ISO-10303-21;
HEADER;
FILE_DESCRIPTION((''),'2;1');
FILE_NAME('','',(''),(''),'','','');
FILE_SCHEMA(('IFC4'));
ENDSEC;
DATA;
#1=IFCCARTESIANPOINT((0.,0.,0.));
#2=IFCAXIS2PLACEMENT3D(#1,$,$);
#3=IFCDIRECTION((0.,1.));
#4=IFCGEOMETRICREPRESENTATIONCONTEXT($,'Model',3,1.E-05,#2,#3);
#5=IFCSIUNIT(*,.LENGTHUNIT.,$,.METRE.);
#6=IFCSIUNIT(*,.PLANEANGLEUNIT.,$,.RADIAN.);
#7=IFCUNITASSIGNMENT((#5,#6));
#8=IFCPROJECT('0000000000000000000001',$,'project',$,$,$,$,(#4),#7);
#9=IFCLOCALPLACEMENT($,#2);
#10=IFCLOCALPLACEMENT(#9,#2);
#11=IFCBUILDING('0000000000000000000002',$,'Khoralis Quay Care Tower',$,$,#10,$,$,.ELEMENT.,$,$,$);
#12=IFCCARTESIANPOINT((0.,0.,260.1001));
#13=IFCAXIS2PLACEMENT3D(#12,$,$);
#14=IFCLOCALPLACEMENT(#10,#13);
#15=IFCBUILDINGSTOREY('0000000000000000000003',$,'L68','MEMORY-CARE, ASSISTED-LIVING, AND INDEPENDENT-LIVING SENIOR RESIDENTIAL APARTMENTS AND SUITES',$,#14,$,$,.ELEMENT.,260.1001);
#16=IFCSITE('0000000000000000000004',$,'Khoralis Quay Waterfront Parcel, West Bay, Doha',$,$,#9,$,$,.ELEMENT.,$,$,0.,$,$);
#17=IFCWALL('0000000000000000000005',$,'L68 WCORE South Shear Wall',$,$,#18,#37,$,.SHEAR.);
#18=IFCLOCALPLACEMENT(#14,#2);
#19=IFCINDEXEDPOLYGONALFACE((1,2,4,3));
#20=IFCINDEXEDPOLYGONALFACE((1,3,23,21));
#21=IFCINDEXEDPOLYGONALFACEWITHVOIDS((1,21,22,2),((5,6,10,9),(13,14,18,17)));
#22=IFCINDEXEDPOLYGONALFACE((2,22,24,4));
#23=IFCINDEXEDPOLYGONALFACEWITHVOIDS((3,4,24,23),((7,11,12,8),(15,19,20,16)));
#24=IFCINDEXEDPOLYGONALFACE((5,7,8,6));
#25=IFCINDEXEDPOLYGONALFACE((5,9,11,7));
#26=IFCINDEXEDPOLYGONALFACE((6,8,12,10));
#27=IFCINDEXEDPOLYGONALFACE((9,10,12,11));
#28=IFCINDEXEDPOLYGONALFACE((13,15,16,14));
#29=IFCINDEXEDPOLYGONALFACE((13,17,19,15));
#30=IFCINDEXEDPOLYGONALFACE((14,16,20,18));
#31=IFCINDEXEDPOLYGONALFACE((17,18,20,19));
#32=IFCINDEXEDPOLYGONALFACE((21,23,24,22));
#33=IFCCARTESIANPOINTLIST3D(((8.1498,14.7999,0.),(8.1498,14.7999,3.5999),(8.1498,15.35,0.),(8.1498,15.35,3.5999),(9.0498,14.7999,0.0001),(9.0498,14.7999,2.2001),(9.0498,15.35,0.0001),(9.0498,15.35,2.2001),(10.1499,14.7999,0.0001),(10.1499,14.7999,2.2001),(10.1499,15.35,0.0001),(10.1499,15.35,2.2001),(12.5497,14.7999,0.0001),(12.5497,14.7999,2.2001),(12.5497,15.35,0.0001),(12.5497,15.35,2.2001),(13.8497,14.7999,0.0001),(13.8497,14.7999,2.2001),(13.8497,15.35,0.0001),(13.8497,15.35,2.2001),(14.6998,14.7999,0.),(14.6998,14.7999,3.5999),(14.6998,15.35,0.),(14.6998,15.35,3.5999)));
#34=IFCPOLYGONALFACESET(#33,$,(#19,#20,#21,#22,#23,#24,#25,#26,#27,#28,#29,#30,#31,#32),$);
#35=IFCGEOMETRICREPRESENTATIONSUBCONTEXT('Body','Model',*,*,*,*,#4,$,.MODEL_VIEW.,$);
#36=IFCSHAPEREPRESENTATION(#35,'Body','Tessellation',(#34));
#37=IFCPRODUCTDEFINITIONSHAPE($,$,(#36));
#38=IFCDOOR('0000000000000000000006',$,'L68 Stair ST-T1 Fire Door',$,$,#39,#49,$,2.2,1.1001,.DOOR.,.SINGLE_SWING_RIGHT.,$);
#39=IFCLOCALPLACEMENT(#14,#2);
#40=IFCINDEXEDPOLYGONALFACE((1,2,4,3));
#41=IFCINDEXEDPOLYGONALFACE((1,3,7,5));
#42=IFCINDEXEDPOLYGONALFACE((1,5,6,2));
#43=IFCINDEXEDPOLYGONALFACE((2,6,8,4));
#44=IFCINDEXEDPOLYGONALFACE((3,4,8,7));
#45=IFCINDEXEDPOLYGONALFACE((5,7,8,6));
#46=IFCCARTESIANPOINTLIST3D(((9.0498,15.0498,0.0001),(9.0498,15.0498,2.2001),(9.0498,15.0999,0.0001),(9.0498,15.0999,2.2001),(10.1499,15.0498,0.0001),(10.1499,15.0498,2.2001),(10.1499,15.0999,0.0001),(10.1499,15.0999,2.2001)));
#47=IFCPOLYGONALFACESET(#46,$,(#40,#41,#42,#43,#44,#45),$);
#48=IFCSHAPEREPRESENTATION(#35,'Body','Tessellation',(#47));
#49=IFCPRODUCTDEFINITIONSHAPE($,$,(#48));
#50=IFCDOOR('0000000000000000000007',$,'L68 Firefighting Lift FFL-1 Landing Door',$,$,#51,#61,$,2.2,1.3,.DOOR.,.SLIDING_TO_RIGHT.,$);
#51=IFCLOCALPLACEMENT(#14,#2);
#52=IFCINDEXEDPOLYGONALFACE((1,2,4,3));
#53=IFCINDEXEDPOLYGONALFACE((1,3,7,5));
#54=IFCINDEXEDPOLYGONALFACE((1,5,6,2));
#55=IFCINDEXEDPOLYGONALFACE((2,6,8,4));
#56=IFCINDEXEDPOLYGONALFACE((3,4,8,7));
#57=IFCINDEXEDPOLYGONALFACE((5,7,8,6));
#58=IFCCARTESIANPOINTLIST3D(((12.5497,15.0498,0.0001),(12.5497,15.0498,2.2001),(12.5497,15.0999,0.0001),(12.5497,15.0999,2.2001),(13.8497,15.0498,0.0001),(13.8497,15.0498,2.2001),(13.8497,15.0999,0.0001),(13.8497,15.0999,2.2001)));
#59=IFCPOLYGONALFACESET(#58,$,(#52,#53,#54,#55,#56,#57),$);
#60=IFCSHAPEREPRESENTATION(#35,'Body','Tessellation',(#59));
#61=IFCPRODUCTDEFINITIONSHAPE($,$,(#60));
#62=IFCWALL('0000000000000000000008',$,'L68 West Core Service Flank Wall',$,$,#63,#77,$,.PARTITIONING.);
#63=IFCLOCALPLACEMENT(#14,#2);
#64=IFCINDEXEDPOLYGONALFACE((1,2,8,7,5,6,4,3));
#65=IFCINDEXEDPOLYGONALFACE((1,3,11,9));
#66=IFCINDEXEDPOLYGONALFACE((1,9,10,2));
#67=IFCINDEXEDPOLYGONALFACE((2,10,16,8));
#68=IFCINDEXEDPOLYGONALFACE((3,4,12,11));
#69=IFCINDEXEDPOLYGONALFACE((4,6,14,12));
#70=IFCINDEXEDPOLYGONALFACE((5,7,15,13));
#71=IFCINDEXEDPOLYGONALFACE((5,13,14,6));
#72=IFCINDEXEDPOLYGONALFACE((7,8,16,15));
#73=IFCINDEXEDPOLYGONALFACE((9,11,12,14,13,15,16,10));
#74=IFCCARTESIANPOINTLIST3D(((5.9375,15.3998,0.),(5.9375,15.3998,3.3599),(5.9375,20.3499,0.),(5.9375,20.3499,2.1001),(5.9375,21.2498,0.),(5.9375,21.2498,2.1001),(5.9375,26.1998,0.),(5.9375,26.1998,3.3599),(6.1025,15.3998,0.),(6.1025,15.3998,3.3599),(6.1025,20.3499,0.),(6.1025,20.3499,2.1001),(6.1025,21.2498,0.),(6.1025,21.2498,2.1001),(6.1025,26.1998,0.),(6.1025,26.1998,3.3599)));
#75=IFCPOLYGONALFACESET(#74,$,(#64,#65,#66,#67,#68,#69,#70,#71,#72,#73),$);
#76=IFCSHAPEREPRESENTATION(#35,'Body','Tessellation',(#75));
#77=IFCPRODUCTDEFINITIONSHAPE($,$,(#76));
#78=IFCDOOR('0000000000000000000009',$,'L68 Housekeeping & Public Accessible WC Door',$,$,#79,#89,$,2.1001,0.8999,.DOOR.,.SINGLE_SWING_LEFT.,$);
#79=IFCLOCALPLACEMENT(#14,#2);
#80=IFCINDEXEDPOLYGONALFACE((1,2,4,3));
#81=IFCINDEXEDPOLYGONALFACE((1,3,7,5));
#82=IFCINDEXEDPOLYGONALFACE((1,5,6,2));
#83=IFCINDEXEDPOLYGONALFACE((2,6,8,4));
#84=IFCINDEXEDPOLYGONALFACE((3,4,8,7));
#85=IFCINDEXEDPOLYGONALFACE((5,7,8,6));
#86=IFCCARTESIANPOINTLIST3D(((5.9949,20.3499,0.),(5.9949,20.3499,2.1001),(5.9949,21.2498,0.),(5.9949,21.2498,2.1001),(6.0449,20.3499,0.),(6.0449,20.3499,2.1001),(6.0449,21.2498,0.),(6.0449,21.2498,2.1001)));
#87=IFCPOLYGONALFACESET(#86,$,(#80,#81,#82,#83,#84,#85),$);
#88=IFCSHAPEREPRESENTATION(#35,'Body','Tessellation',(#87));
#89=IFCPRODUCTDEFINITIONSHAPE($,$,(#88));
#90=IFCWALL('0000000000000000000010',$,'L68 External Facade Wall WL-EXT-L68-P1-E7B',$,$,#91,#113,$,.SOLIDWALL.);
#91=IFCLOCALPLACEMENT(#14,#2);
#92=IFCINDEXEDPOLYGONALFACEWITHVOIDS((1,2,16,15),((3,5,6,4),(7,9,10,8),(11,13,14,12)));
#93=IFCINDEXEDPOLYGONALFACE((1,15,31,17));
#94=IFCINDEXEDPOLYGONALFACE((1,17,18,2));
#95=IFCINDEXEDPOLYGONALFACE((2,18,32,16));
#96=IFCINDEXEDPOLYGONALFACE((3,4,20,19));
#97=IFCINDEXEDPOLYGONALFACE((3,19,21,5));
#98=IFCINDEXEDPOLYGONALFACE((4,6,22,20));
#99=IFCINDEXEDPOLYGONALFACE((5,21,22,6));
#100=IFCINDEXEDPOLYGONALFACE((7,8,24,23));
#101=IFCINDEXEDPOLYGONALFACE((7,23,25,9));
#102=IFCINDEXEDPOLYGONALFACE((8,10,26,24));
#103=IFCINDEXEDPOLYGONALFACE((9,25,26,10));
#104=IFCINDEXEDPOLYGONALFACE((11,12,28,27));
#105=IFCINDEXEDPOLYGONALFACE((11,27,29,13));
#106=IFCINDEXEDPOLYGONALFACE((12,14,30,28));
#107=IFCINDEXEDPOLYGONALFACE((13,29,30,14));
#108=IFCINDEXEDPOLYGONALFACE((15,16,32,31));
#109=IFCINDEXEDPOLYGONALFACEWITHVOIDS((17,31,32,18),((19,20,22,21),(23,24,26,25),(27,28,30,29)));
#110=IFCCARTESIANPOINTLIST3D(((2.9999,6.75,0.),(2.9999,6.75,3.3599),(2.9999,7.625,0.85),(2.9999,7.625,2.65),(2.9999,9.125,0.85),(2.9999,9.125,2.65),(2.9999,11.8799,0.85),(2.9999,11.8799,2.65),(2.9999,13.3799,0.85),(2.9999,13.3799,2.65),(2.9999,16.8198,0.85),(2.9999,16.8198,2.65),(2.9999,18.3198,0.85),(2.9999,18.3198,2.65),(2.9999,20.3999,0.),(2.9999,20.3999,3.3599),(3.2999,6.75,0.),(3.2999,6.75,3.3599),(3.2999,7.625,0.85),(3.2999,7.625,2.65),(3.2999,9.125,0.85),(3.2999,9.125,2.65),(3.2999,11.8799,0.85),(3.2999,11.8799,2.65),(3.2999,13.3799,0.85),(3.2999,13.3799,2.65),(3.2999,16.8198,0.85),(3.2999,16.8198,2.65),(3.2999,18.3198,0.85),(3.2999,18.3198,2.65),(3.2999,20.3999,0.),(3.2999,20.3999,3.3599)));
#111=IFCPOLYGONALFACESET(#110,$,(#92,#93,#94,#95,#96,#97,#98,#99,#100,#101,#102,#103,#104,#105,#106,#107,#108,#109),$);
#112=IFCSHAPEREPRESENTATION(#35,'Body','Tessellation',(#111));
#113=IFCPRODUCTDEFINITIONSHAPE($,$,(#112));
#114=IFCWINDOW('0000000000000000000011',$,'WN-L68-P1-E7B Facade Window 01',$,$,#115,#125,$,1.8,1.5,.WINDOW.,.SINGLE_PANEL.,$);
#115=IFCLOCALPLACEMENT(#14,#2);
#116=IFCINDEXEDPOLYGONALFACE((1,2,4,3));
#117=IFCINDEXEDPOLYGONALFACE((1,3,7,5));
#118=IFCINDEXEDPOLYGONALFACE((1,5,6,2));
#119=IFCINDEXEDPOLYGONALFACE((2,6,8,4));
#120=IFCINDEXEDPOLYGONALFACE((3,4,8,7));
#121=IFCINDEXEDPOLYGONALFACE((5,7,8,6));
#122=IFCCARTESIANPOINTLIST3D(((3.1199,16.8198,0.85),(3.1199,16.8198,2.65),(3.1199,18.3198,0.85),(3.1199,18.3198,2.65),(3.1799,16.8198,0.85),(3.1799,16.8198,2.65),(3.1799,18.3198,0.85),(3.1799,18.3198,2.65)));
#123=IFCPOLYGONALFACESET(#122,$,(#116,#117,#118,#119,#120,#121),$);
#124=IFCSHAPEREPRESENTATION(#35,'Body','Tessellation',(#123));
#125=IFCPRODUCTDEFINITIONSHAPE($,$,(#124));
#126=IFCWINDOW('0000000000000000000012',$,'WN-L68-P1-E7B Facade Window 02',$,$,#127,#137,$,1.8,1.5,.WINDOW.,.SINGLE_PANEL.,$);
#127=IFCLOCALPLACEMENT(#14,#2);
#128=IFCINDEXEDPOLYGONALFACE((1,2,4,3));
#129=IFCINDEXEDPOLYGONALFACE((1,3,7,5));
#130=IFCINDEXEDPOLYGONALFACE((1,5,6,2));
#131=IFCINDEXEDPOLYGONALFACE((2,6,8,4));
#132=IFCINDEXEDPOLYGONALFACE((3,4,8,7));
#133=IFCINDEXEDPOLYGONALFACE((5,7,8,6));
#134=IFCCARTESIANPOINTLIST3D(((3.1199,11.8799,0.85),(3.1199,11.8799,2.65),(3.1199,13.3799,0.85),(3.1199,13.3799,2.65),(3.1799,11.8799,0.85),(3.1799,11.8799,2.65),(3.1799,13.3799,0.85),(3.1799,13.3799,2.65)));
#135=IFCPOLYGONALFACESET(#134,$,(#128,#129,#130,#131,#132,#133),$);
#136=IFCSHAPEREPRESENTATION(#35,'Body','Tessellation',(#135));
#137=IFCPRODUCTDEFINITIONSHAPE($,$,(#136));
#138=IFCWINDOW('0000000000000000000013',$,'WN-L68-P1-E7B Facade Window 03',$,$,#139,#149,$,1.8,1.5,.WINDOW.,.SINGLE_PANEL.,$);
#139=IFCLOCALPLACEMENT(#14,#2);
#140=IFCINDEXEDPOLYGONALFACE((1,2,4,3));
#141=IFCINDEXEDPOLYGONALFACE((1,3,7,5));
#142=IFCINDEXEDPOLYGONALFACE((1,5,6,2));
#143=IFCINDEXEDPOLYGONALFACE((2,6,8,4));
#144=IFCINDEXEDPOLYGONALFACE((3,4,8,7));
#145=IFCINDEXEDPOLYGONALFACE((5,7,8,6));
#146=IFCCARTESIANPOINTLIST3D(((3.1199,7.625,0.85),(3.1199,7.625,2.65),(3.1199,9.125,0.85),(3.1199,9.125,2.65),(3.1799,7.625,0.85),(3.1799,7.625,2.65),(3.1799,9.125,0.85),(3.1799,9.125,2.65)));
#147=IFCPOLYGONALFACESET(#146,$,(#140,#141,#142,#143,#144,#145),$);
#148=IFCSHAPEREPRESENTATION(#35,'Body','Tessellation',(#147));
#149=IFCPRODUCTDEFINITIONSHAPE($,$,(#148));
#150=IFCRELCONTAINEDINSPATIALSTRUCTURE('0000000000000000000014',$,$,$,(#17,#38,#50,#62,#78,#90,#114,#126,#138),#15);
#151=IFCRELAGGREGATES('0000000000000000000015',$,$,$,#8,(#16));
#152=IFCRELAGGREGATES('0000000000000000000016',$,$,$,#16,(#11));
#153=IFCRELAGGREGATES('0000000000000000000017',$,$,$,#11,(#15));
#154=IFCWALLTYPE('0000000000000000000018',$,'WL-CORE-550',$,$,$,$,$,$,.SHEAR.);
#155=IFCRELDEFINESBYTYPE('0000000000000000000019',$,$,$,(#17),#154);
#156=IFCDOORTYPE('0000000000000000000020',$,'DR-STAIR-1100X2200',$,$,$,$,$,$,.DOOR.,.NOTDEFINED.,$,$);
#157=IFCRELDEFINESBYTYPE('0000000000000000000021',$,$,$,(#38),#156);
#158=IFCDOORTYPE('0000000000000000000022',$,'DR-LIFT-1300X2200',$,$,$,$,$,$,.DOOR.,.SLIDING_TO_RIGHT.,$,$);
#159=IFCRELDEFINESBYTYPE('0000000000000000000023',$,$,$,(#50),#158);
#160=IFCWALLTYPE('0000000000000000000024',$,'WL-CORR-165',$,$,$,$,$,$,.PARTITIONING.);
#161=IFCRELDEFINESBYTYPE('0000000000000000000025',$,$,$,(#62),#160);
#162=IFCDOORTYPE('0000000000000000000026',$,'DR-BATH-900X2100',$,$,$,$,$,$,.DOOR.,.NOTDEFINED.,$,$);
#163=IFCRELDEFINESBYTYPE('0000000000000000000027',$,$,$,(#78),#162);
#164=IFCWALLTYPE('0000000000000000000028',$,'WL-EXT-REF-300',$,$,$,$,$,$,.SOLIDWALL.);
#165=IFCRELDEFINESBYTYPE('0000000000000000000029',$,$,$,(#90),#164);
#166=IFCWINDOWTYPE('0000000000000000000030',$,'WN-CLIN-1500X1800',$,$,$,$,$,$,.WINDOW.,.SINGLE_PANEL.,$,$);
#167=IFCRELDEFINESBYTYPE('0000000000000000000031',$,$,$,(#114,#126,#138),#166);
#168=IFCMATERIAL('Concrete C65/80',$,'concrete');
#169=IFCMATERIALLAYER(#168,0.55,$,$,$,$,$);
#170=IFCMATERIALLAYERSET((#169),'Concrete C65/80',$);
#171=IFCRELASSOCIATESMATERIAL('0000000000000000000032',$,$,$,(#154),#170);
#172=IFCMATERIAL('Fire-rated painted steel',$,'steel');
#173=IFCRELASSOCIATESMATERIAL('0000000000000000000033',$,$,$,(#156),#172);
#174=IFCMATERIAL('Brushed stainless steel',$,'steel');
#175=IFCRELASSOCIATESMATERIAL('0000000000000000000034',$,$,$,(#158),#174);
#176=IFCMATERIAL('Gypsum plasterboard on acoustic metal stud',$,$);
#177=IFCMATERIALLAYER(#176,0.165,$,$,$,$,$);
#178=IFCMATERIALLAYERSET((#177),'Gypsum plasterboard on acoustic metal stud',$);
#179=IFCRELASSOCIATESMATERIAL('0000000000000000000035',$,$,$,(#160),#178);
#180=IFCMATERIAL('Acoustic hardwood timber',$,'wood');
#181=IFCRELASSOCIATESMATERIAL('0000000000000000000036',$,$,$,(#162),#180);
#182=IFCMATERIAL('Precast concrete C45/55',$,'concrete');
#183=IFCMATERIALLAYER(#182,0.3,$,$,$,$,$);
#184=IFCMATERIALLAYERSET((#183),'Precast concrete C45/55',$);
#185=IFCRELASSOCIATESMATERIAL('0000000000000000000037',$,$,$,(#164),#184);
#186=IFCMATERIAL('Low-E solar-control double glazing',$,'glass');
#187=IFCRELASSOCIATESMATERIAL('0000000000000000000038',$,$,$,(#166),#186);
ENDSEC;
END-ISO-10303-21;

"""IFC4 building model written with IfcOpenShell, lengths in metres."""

from ifc_helpers import new_model, si_unit, direction, frame, frame_2d, origin, place, context, subcontext, project, spatial, rectangle, extrude, source, transform, mapped, material, layer, layer_set, type_object, element, fill, save


model = new_model("IFC4")

# Units and contexts
model_context = context("Model", 3, precision=1e-05, world=origin(), true_north=direction((0.0, 1.0)))
body_context = subcontext(model_context, "Body", "Model", "MODEL_VIEW")
ifc_project = project(units=[si_unit("LENGTHUNIT", "METRE"), si_unit("PLANEANGLEUNIT", "RADIAN")], contexts=[model_context])

# Site, building, storey
site_placement = place(None, origin())
site = spatial("IfcSite", under=ifc_project, at=site_placement, Name="Khoralis Quay Waterfront Parcel, West Bay, Doha", CompositionType="ELEMENT", RefElevation=0.0)
building_placement = place(site_placement, origin())
building = spatial("IfcBuilding", under=site, at=building_placement, Name="Khoralis Quay Care Tower", CompositionType="ELEMENT")
storey_placement = place(building_placement, frame((0.0, 0.0, 260.1001)))
storey = spatial("IfcBuildingStorey", under=building, at=storey_placement, Name="L68", Description="MEMORY-CARE, ASSISTED-LIVING, AND INDEPENDENT-LIVING SENIOR RESIDENTIAL APARTMENTS AND SUITES", CompositionType="ELEMENT", Elevation=260.1001)

# Wall, openings, doors
ifc_material_1 = material(Name="Concrete C65/80", Category="concrete")
ifc_layer_1 = layer(ifc_material_1, 0.55)
ifc_layer_set_1 = layer_set([ifc_layer_1], Name="Concrete C65/80")
wall_type_1 = type_object("IfcWallType", Name="WL-CORE-550", PredefinedType="SHEAR", material=ifc_layer_set_1)
wall_1_placement = place(storey_placement, frame((8.1499, 15.075, 0.0), z_axis=(0.0, 0.0, 1.0), x_axis=(1.0, 0.0, 0.0)))
wall_1 = element("IfcWall", 1, at=wall_1_placement, inside=storey, type_object=wall_type_1, Name="L68 WCORE South Shear Wall", PredefinedType="SHEAR", context=body_context, shape_type="SweptSolid", body=[
    extrude(rectangle(XDim=6.55, YDim=0.55, at=frame_2d((3.2749, 0.0))), origin(), (0.0, 0.0, 1.0), 3.5999),
])
opening_1_placement = place(wall_1_placement, frame((0.8999, 0.0, 0.0)))
opening_1 = element("IfcOpeningElement", 2, at=opening_1_placement, cuts=wall_1, PredefinedType="OPENING", context=body_context, shape_type="SweptSolid", body=[
    extrude(rectangle(XDim=1.1001, YDim=2.2, at=frame_2d((0.55, 1.1001))), frame((0.0, 0.2852, 0.0), z_axis=(0.0, -1.0, 0.0), x_axis=(1.0, 0.0, 0.0)), (0.0, 0.0, 1.0), 0.5701),
])
opening_2_placement = place(wall_1_placement, frame((4.3999, 0.0, 0.0)))
opening_2 = element("IfcOpeningElement", 3, at=opening_2_placement, cuts=wall_1, PredefinedType="OPENING", context=body_context, shape_type="SweptSolid", body=[
    extrude(rectangle(XDim=1.3, YDim=2.2, at=frame_2d((0.6499, 1.1001))), frame((0.0, 0.2852, 0.0), z_axis=(0.0, -1.0, 0.0), x_axis=(1.0, 0.0, 0.0)), (0.0, 0.0, 1.0), 0.5701),
])
ifc_material_2 = material(Name="Fire-rated painted steel", Category="steel")
door_type_1 = type_object("IfcDoorType", Name="DR-STAIR-1100X2200", OperationType="NOTDEFINED", PredefinedType="DOOR", material=ifc_material_2)
shared_shape_1 = source(origin(), body_context, "Body", "SweptSolid", [
    extrude(rectangle(XDim=1.1001, YDim=2.2, at=frame_2d((0.55, 1.1001))), frame((0.0, 0.0249, 0.0), z_axis=(0.0, -1.0, 0.0), x_axis=(1.0, 0.0, 0.0)), (0.0, 0.0, 1.0), 0.05),
])
door_1_placement = place(opening_1_placement, origin())
door_1 = element("IfcDoor", 4, at=door_1_placement, inside=storey, type_object=door_type_1, Name="L68 Stair ST-T1 Fire Door", OperationType="SINGLE_SWING_RIGHT", OverallHeight=2.2, OverallWidth=1.1001, PredefinedType="DOOR", context=body_context, shape_type="MappedRepresentation", body=[
    mapped(shared_shape_1, transform((0.0, 0.0, 0.0), scale=1.0)),
])
fill(opening_1, door_1)
ifc_material_3 = material(Name="Brushed stainless steel", Category="steel")
door_type_2 = type_object("IfcDoorType", Name="DR-LIFT-1300X2200", OperationType="SLIDING_TO_RIGHT", PredefinedType="DOOR", material=ifc_material_3)
shared_shape_2 = source(origin(), body_context, "Body", "SweptSolid", [
    extrude(rectangle(XDim=1.3, YDim=2.2, at=frame_2d((0.6499, 1.1001))), frame((0.0, 0.0249, 0.0), z_axis=(0.0, -1.0, 0.0), x_axis=(1.0, 0.0, 0.0)), (0.0, 0.0, 1.0), 0.05),
])
door_2_placement = place(opening_2_placement, origin())
door_2 = element("IfcDoor", 5, at=door_2_placement, inside=storey, type_object=door_type_2, Name="L68 Firefighting Lift FFL-1 Landing Door", OperationType="SLIDING_TO_RIGHT", OverallHeight=2.2, OverallWidth=1.3, PredefinedType="DOOR", context=body_context, shape_type="MappedRepresentation", body=[
    mapped(shared_shape_2, transform((0.0, 0.0, 0.0), scale=1.0)),
])
fill(opening_2, door_2)

# Wall, opening, door
ifc_material_4 = material(Name="Gypsum plasterboard on acoustic metal stud")
ifc_layer_2 = layer(ifc_material_4, 0.165)
ifc_layer_set_2 = layer_set([ifc_layer_2], Name="Gypsum plasterboard on acoustic metal stud")
wall_type_2 = type_object("IfcWallType", Name="WL-CORR-165", PredefinedType="PARTITIONING", material=ifc_layer_set_2)
wall_2_placement = place(storey_placement, frame((6.02, 15.3999, 0.0), z_axis=(0.0, 0.0, 1.0), x_axis=(0.0, 1.0, 0.0)))
wall_2 = element("IfcWall", 6, at=wall_2_placement, inside=storey, type_object=wall_type_2, Name="L68 West Core Service Flank Wall", PredefinedType="PARTITIONING", context=body_context, shape_type="SweptSolid", body=[
    extrude(rectangle(XDim=10.8, YDim=0.165, at=frame_2d((5.3999, 0.0))), origin(), (0.0, 0.0, 1.0), 3.3599),
])
opening_3_placement = place(wall_2_placement, frame((4.95, 0.0, 0.0)))
opening_3 = element("IfcOpeningElement", 7, at=opening_3_placement, cuts=wall_2, PredefinedType="OPENING", context=body_context, shape_type="SweptSolid", body=[
    extrude(rectangle(XDim=0.8999, YDim=2.1001, at=frame_2d((0.45, 1.05))), frame((0.0, 0.0925, 0.0), z_axis=(0.0, -1.0, 0.0), x_axis=(1.0, 0.0, 0.0)), (0.0, 0.0, 1.0), 0.1851),
])
ifc_material_5 = material(Name="Acoustic hardwood timber", Category="wood")
door_type_3 = type_object("IfcDoorType", Name="DR-BATH-900X2100", OperationType="NOTDEFINED", PredefinedType="DOOR", material=ifc_material_5)
shared_shape_3 = source(origin(), body_context, "Body", "SweptSolid", [
    extrude(rectangle(XDim=0.8999, YDim=2.1001, at=frame_2d((0.45, 1.05))), frame((0.0, 0.0249, 0.0), z_axis=(0.0, -1.0, 0.0), x_axis=(1.0, 0.0, 0.0)), (0.0, 0.0, 1.0), 0.05),
])
door_3_placement = place(opening_3_placement, frame((0.8999, 0.0, 0.0), z_axis=(0.0, 0.0, 1.0), x_axis=(-1.0, 0.0, 0.0)))
door_3 = element("IfcDoor", 8, at=door_3_placement, inside=storey, type_object=door_type_3, Name="L68 Housekeeping & Public Accessible WC Door", OperationType="SINGLE_SWING_LEFT", OverallHeight=2.1001, OverallWidth=0.8999, PredefinedType="DOOR", context=body_context, shape_type="MappedRepresentation", body=[
    mapped(shared_shape_3, transform((0.0, 0.0, 0.0), scale=1.0)),
])
fill(opening_3, door_3)

# Wall, openings, windows
ifc_material_6 = material(Name="Precast concrete C45/55", Category="concrete")
ifc_layer_3 = layer(ifc_material_6, 0.3)
ifc_layer_set_3 = layer_set([ifc_layer_3], Name="Precast concrete C45/55")
wall_type_3 = type_object("IfcWallType", Name="WL-EXT-REF-300", PredefinedType="SOLIDWALL", material=ifc_layer_set_3)
wall_3_placement = place(storey_placement, frame((3.1499, 20.3999, 0.0), z_axis=(0.0, 0.0, 1.0), x_axis=(0.0, -1.0, 0.0)))
wall_3 = element("IfcWall", 9, at=wall_3_placement, inside=storey, type_object=wall_type_3, Name="L68 External Facade Wall WL-EXT-L68-P1-E7B", PredefinedType="SOLIDWALL", context=body_context, shape_type="SweptSolid", body=[
    extrude(rectangle(XDim=13.6499, YDim=0.3, at=frame_2d((6.825, 0.0))), origin(), (0.0, 0.0, 1.0), 3.3599),
])
opening_4_placement = place(wall_3_placement, frame((2.0801, 0.0, 0.8501)))
opening_4 = element("IfcOpeningElement", 10, at=opening_4_placement, cuts=wall_3, PredefinedType="OPENING", context=body_context, shape_type="SweptSolid", body=[
    extrude(rectangle(XDim=1.5, YDim=1.8, at=frame_2d((0.75, 0.8999))), frame((0.0, 0.1602, 0.0), z_axis=(0.0, -1.0, 0.0), x_axis=(1.0, 0.0, 0.0)), (0.0, 0.0, 1.0), 0.3201),
])
opening_5_placement = place(wall_3_placement, frame((7.02, 0.0, 0.8501)))
opening_5 = element("IfcOpeningElement", 11, at=opening_5_placement, cuts=wall_3, PredefinedType="OPENING", context=body_context, shape_type="SweptSolid", body=[
    extrude(rectangle(XDim=1.5, YDim=1.8, at=frame_2d((0.75, 0.8999))), frame((0.0, 0.1602, 0.0), z_axis=(0.0, -1.0, 0.0), x_axis=(1.0, 0.0, 0.0)), (0.0, 0.0, 1.0), 0.3201),
])
opening_6_placement = place(wall_3_placement, frame((11.2749, 0.0, 0.8501)))
opening_6 = element("IfcOpeningElement", 12, at=opening_6_placement, cuts=wall_3, PredefinedType="OPENING", context=body_context, shape_type="SweptSolid", body=[
    extrude(rectangle(XDim=1.5, YDim=1.8, at=frame_2d((0.75, 0.8999))), frame((0.0, 0.1602, 0.0), z_axis=(0.0, -1.0, 0.0), x_axis=(1.0, 0.0, 0.0)), (0.0, 0.0, 1.0), 0.3201),
])
ifc_material_7 = material(Name="Low-E solar-control double glazing", Category="glass")
window_type = type_object("IfcWindowType", Name="WN-CLIN-1500X1800", PartitioningType="SINGLE_PANEL", PredefinedType="WINDOW", material=ifc_material_7)
shared_shape_4 = source(origin(), body_context, "Body", "SweptSolid", [
    extrude(rectangle(XDim=1.5, YDim=1.8, at=frame_2d((0.75, 0.8999))), frame((0.0, 0.03, 0.0), z_axis=(0.0, -1.0, 0.0), x_axis=(1.0, 0.0, 0.0)), (0.0, 0.0, 1.0), 0.0601),
])
window_1_placement = place(opening_4_placement, origin())
window_1 = element("IfcWindow", 13, at=window_1_placement, inside=storey, type_object=window_type, Name="WN-L68-P1-E7B Facade Window 01", OverallHeight=1.8, OverallWidth=1.5, PartitioningType="SINGLE_PANEL", PredefinedType="WINDOW", context=body_context, shape_type="MappedRepresentation", body=[
    mapped(shared_shape_4, transform((0.0, 0.0, 0.0), scale=1.0)),
])
fill(opening_4, window_1)
window_2_placement = place(opening_5_placement, origin())
window_2 = element("IfcWindow", 14, at=window_2_placement, inside=storey, type_object=window_type, Name="WN-L68-P1-E7B Facade Window 02", OverallHeight=1.8, OverallWidth=1.5, PartitioningType="SINGLE_PANEL", PredefinedType="WINDOW", context=body_context, shape_type="MappedRepresentation", body=[
    mapped(shared_shape_4, transform((0.0, 0.0, 0.0), scale=1.0)),
])
fill(opening_5, window_2)
window_3_placement = place(opening_6_placement, origin())
window_3 = element("IfcWindow", 15, at=window_3_placement, inside=storey, type_object=window_type, Name="WN-L68-P1-E7B Facade Window 03", OverallHeight=1.8, OverallWidth=1.5, PartitioningType="SINGLE_PANEL", PredefinedType="WINDOW", context=body_context, shape_type="MappedRepresentation", body=[
    mapped(shared_shape_4, transform((0.0, 0.0, 0.0), scale=1.0)),
])
fill(opening_6, window_3)

save(model, "model.ifc")
